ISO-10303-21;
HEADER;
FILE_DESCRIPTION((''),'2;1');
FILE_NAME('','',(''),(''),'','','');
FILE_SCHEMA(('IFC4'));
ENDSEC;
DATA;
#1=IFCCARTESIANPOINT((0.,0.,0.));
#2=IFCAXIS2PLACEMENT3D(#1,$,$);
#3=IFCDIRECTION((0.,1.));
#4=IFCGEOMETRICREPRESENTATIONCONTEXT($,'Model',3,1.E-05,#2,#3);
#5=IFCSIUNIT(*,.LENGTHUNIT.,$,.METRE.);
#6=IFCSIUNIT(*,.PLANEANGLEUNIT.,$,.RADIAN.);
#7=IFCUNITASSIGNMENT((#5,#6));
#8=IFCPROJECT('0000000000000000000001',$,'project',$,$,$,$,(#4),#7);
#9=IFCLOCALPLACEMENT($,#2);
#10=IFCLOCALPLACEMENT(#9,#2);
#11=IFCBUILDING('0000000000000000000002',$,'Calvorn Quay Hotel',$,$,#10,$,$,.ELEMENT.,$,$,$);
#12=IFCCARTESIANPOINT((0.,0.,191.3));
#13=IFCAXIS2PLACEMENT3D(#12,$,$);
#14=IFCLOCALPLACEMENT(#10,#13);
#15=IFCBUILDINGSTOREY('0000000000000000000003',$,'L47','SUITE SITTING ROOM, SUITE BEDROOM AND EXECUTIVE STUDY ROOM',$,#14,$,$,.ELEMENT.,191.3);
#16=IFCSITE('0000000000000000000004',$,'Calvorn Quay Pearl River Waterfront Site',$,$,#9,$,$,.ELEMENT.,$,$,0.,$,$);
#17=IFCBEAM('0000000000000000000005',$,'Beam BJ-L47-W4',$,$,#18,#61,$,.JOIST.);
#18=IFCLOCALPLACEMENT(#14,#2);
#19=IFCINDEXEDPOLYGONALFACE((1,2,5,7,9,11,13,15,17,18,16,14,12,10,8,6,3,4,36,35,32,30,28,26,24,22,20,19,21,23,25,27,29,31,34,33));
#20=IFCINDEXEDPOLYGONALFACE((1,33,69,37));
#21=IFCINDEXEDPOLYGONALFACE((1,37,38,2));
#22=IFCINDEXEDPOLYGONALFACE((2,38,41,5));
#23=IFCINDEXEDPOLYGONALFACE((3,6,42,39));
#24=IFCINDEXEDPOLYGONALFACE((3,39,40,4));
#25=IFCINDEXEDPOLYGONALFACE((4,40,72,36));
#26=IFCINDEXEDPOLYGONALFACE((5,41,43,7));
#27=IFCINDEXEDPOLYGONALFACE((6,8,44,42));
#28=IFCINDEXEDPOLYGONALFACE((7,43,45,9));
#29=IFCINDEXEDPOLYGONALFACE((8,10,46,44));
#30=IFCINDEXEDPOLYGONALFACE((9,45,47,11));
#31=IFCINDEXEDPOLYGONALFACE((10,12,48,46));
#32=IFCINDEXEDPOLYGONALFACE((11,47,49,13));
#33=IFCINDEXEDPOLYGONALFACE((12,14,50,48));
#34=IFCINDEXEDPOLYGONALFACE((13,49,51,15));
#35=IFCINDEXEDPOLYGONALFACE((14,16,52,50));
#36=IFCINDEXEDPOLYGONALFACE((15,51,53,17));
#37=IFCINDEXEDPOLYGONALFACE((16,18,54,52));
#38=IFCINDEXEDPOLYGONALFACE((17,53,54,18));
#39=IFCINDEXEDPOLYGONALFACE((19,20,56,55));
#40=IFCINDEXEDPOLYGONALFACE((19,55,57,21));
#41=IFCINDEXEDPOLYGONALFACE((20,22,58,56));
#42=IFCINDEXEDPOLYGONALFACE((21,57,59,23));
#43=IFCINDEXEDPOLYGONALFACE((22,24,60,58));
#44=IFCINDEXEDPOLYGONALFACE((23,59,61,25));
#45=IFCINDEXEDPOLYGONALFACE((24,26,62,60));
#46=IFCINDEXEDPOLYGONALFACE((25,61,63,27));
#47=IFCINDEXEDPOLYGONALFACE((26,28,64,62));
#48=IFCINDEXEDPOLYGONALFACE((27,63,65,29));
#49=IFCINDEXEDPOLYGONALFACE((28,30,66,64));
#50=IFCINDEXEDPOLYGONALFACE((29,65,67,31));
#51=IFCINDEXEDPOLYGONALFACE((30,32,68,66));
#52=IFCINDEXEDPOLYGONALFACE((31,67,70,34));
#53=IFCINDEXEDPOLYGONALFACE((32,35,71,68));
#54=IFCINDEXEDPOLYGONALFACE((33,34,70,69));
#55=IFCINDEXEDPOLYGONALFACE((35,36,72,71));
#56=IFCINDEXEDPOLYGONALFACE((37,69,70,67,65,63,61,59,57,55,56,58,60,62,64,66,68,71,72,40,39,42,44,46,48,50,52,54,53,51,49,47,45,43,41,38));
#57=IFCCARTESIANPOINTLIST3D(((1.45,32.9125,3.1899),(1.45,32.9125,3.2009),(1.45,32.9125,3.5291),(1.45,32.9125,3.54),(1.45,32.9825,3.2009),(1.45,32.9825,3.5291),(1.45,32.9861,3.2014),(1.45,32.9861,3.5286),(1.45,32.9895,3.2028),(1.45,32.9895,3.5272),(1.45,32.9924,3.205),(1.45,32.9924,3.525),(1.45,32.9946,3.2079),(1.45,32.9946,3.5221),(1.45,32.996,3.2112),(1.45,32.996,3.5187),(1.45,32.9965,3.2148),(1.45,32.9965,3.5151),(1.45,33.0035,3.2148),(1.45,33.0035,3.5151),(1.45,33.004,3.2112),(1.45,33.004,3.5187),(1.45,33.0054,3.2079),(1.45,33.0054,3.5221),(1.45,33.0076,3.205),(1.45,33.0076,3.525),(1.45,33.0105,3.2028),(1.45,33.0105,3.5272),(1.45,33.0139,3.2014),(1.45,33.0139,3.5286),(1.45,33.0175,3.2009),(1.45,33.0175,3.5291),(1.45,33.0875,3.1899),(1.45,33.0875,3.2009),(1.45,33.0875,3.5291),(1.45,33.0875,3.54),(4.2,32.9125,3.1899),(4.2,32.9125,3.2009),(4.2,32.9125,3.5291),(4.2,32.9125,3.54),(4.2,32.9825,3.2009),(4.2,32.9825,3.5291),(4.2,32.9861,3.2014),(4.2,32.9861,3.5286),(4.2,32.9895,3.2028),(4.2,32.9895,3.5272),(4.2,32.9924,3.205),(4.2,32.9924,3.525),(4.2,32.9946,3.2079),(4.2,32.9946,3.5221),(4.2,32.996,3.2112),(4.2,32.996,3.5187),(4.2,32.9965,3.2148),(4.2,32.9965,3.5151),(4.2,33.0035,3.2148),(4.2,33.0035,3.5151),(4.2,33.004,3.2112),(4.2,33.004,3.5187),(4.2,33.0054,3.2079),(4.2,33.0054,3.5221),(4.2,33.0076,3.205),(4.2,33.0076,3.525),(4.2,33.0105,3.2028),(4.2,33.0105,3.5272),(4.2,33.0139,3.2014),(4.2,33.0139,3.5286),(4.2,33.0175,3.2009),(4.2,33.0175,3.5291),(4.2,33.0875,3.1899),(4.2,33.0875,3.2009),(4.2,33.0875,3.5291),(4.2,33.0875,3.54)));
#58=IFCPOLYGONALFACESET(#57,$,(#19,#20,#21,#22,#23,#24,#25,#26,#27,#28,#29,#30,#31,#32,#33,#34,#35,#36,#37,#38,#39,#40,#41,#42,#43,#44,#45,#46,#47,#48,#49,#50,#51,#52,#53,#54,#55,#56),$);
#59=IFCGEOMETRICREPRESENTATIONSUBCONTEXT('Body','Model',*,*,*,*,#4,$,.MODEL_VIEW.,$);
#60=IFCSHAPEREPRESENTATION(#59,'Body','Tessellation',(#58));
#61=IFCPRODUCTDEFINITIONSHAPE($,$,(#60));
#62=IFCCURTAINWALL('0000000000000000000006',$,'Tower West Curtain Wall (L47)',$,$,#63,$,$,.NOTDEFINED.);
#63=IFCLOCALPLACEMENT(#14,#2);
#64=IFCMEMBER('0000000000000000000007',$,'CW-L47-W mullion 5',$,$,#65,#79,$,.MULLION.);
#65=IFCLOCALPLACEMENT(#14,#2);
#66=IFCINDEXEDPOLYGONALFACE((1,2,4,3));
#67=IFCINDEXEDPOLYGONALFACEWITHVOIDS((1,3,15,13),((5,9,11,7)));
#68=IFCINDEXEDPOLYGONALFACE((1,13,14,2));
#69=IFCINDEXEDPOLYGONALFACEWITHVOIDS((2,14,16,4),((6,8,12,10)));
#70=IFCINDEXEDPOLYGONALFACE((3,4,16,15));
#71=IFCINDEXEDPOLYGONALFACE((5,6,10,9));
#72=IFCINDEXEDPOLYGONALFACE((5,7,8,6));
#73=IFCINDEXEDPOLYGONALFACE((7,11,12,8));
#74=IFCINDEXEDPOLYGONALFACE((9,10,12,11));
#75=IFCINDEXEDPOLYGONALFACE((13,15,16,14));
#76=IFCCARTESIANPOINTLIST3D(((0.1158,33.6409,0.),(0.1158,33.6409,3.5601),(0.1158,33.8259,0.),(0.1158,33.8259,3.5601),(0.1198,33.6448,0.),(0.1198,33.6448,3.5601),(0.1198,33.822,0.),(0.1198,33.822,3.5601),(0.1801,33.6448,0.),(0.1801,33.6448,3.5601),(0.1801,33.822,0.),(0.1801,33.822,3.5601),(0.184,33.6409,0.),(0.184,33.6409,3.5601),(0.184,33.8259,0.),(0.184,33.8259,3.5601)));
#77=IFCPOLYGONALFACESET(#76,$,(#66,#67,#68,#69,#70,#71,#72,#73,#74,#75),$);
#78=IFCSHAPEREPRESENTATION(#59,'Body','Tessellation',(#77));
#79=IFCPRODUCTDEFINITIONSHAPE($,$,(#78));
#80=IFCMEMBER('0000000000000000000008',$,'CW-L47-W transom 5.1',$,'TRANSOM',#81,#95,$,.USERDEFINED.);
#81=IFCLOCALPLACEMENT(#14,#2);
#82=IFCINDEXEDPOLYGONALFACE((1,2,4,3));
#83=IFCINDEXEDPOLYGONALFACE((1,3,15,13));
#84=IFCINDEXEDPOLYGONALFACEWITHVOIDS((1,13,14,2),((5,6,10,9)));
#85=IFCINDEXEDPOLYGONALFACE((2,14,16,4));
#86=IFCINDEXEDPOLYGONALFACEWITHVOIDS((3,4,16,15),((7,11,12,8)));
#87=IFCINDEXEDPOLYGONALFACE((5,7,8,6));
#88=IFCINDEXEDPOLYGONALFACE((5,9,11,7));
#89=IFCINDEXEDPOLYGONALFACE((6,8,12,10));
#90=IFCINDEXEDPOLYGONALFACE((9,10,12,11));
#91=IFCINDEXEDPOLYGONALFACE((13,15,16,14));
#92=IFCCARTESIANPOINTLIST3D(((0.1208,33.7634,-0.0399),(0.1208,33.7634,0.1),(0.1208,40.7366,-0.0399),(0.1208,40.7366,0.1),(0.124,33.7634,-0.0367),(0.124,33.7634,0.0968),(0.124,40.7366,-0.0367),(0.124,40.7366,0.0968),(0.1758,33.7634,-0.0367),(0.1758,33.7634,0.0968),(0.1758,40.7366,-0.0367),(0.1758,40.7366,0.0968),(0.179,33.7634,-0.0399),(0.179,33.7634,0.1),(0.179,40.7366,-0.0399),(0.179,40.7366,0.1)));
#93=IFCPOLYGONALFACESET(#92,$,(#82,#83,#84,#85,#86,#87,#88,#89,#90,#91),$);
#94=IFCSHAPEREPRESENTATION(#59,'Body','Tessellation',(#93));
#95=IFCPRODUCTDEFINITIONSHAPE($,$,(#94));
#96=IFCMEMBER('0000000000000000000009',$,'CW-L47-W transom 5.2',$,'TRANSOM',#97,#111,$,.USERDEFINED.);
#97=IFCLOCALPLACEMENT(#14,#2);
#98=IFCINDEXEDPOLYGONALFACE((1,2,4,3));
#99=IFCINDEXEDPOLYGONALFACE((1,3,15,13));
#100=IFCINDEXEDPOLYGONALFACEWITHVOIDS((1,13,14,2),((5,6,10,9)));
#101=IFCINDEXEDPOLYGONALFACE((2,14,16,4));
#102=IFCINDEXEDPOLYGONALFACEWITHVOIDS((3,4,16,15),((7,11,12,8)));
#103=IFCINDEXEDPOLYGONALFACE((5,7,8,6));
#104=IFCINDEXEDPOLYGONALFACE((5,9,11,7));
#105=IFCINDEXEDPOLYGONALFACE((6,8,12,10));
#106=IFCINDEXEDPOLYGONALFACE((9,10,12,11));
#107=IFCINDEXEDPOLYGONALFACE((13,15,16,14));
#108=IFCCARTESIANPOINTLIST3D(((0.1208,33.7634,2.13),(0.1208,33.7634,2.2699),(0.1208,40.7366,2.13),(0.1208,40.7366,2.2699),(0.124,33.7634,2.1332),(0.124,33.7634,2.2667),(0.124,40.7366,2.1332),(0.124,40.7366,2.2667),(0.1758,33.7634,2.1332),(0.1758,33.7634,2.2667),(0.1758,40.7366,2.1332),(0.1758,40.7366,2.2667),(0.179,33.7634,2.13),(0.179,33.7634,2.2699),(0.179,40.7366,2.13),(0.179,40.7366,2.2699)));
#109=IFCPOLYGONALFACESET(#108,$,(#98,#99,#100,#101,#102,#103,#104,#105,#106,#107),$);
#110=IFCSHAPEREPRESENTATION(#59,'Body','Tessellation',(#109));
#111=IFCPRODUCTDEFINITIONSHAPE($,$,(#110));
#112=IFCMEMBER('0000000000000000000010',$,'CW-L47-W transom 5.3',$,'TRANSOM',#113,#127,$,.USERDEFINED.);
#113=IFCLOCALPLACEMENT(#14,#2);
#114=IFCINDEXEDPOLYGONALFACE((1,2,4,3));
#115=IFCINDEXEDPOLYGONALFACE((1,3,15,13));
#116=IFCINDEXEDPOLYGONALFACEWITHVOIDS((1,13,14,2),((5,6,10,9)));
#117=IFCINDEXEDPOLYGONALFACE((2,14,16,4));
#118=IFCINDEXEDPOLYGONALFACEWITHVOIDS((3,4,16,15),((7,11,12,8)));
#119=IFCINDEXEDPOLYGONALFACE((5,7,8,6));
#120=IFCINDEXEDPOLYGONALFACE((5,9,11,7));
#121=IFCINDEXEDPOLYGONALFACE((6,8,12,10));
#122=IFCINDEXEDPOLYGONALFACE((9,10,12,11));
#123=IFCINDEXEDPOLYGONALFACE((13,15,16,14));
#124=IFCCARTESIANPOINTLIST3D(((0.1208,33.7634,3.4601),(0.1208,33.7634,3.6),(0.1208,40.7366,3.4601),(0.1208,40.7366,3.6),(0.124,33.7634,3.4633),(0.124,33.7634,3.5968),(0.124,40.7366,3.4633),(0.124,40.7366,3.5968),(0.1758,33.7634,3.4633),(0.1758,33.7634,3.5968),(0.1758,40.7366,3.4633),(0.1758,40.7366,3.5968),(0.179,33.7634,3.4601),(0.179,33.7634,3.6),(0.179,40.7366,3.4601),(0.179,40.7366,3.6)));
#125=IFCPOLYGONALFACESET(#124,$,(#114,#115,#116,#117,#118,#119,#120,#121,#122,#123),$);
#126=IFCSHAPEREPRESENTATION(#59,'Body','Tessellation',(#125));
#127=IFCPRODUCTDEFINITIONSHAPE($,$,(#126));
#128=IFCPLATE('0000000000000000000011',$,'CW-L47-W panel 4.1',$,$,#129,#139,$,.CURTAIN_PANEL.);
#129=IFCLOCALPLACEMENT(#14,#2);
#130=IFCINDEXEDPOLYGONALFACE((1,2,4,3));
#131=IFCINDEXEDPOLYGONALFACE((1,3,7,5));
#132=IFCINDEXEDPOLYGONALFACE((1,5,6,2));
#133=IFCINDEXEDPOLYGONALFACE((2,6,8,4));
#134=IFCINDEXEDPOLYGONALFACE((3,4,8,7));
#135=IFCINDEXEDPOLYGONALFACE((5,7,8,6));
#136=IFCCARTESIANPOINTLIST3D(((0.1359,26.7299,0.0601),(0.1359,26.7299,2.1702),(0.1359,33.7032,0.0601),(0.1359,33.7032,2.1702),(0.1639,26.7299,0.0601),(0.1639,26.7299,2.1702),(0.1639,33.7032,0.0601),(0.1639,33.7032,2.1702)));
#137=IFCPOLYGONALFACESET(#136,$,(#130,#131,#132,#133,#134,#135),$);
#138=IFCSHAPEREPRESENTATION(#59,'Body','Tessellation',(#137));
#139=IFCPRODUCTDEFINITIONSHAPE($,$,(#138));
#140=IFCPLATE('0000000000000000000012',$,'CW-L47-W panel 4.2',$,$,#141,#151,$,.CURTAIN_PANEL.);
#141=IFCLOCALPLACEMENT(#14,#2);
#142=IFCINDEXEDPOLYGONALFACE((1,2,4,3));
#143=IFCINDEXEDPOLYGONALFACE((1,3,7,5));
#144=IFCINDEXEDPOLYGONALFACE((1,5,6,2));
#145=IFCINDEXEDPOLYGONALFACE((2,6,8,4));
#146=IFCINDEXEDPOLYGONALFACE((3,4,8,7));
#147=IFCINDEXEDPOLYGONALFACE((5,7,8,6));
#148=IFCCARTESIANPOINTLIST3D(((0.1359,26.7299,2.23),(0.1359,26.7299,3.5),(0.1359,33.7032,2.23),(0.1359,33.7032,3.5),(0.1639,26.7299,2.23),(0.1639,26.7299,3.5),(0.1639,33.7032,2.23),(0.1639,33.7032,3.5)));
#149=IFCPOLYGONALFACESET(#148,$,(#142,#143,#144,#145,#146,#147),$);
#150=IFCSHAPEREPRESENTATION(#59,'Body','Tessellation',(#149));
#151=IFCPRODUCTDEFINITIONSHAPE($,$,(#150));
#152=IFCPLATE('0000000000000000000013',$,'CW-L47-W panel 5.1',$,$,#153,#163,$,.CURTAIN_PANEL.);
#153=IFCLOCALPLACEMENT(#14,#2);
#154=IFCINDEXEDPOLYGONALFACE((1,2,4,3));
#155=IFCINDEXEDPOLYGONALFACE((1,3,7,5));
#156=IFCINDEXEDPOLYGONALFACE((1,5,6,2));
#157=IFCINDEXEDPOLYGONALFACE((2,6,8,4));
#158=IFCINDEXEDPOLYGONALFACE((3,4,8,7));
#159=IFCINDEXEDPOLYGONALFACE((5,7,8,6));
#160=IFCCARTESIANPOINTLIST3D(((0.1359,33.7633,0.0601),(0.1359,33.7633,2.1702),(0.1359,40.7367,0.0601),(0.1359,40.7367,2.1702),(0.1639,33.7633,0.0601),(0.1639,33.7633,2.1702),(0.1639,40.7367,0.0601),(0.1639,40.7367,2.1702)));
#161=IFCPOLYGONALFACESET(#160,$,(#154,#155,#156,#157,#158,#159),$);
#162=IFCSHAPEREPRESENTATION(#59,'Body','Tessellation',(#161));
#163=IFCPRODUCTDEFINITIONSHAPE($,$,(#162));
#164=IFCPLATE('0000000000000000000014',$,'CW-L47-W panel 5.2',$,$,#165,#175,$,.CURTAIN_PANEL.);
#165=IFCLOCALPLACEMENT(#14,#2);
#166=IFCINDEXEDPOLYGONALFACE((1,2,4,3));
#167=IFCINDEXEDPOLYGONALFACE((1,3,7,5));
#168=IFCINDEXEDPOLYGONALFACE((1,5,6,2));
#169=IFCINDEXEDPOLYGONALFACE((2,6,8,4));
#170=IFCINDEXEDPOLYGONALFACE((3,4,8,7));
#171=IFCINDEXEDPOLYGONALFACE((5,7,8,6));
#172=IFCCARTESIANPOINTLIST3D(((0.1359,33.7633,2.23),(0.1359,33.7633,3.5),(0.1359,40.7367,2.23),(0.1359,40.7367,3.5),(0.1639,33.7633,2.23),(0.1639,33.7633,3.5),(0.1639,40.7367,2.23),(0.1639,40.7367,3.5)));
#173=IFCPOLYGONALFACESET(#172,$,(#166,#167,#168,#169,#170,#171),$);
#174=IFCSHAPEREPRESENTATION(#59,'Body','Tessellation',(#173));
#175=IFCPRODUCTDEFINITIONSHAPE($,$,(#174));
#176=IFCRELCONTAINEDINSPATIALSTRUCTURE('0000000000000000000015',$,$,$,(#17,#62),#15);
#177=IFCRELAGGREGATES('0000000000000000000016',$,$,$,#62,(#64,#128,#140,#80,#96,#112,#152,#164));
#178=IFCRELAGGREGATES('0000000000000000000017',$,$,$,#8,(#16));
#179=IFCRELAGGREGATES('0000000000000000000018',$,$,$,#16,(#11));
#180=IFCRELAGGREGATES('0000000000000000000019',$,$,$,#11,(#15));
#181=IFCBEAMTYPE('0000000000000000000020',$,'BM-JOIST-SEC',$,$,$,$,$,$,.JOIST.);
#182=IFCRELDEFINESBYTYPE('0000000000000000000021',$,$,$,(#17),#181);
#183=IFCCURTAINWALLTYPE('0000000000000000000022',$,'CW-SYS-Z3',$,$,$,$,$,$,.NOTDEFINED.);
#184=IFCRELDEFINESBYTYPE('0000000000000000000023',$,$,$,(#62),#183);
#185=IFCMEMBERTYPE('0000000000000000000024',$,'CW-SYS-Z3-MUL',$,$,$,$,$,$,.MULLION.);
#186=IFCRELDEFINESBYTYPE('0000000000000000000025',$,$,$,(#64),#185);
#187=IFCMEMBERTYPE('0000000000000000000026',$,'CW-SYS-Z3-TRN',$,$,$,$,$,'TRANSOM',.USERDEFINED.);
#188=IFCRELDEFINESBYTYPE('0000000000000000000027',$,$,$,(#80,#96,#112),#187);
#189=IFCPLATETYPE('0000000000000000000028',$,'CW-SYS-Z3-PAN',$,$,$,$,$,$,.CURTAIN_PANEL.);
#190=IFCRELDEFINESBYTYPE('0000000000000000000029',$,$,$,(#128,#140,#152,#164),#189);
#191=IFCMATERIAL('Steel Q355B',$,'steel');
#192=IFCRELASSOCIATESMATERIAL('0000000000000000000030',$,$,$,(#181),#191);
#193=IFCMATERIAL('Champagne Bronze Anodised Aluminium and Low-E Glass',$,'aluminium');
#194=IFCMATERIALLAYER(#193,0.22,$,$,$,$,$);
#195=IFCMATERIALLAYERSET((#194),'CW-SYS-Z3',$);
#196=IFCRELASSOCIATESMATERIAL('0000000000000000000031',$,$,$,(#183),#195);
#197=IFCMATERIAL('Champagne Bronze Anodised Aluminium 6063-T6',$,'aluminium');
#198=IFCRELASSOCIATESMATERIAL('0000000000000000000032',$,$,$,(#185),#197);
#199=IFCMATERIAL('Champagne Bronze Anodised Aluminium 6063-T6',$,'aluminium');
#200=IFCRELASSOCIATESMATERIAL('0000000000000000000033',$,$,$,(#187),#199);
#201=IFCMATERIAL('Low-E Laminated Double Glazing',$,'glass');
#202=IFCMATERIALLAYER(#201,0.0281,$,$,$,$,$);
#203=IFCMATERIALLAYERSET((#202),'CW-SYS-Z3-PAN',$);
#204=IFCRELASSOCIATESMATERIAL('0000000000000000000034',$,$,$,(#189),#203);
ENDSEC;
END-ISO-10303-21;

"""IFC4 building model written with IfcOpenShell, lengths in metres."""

from ifc_helpers import new_model, si_unit, direction, frame, origin, origin_2d, place, context, subcontext, project, spatial, rectangle, hollow_rectangle, i_section, extrude, material, layer, layer_set, material_profile, profile_set, type_object, element, aggregate, save


model = new_model("IFC4")

# Units and contexts
model_context = context("Model", 3, precision=1e-05, world=origin(), true_north=direction((0.0, 1.0)))
body_context = subcontext(model_context, "Body", "Model", "MODEL_VIEW")
ifc_project = project(units=[si_unit("LENGTHUNIT", "METRE"), si_unit("PLANEANGLEUNIT", "RADIAN")], contexts=[model_context])

# Site, building, storey
site_placement = place(None, origin())
site = spatial("IfcSite", under=ifc_project, at=site_placement, Name="Calvorn Quay Pearl River Waterfront Site", CompositionType="ELEMENT", RefElevation=0.0)
building_placement = place(site_placement, origin())
building = spatial("IfcBuilding", under=site, at=building_placement, Name="Calvorn Quay Hotel", CompositionType="ELEMENT")
storey_placement = place(building_placement, frame((0.0, 0.0, 191.3)))
storey = spatial("IfcBuildingStorey", under=building, at=storey_placement, Name="L47", Description="SUITE SITTING ROOM, SUITE BEDROOM AND EXECUTIVE STUDY ROOM", CompositionType="ELEMENT", Elevation=191.3)

# Beam
ifc_material_1 = material(Name="Steel Q355B", Category="steel")
ifc_material_profile_1 = material_profile(ifc_material_1, i_section(OverallWidth=0.175, OverallDepth=0.3501, WebThickness=0.0071, FlangeThickness=0.011, FilletRadius=0.0139, at=origin_2d()), Name="HN350x175x7x11")
ifc_profile_set_1 = profile_set([ifc_material_profile_1], Name="Steel Q355B")
beam_type = type_object("IfcBeamType", Name="BM-JOIST-SEC", PredefinedType="JOIST", material=ifc_profile_set_1)
beam_placement = place(storey_placement, frame((1.45, 33.0, 3.365), z_axis=(1.0, 0.0, 0.0), x_axis=(0.0, 1.0, 0.0)))
element("IfcBeam", 1, at=beam_placement, inside=storey, type_object=beam_type, Name="Beam BJ-L47-W4", PredefinedType="JOIST", context=body_context, shape_type="SweptSolid", body=[
    extrude(i_section(OverallWidth=0.175, OverallDepth=0.3501, WebThickness=0.0071, FlangeThickness=0.011, FilletRadius=0.0139, at=origin_2d()), origin(), (0.0, 0.0, 1.0), 2.75),
])

# Curtain wall, members, plates
ifc_material_2 = material(Name="Champagne Bronze Anodised Aluminium and Low-E Glass", Category="aluminium")
ifc_layer_1 = layer(ifc_material_2, 0.22)
ifc_layer_set_1 = layer_set([ifc_layer_1], Name="CW-SYS-Z3")
curtain_wall_type = type_object("IfcCurtainWallType", Name="CW-SYS-Z3", PredefinedType="NOTDEFINED", material=ifc_layer_set_1)
curtain_wall_placement = place(storey_placement, origin())
curtain_wall = element("IfcCurtainWall", 2, at=curtain_wall_placement, inside=storey, type_object=curtain_wall_type, Name="Tower West Curtain Wall (L47)", PredefinedType="NOTDEFINED")
ifc_material_3 = material(Name="Champagne Bronze Anodised Aluminium 6063-T6", Category="aluminium")
ifc_material_profile_2 = material_profile(ifc_material_3, hollow_rectangle(XDim=0.0681, YDim=0.1851, WallThickness=0.0039, at=origin_2d()), Name="ALU-M185x68x4")
ifc_profile_set_2 = profile_set([ifc_material_profile_2], Name="Champagne Bronze Anodised Aluminium 6063-T6")
member_type_1 = type_object("IfcMemberType", Name="CW-SYS-Z3-MUL", PredefinedType="MULLION", material=ifc_profile_set_2)
member_1_placement = place(storey_placement, frame((0.1499, 33.7334, 0.0), z_axis=(0.0, 0.0, 1.0), x_axis=(-1.0, 0.0, 0.0)))
member_1 = element("IfcMember", 3, at=member_1_placement, type_object=member_type_1, Name="CW-L47-W mullion 5", PredefinedType="MULLION", context=body_context, shape_type="SweptSolid", body=[
    extrude(hollow_rectangle(XDim=0.0681, YDim=0.1851, WallThickness=0.0039, at=origin_2d()), origin(), (0.0, 0.0, 1.0), 3.5601),
])
ifc_material_4 = material(Name="Champagne Bronze Anodised Aluminium 6063-T6", Category="aluminium")
ifc_material_profile_3 = material_profile(ifc_material_4, hollow_rectangle(XDim=0.0581, YDim=0.1399, WallThickness=0.0032, at=origin_2d()), Name="ALU-T140x58x3.2")
ifc_profile_set_3 = profile_set([ifc_material_profile_3], Name="Champagne Bronze Anodised Aluminium 6063-T6")
member_type_2 = type_object("IfcMemberType", Name="CW-SYS-Z3-TRN", ElementType="TRANSOM", PredefinedType="USERDEFINED", material=ifc_profile_set_3)
member_2_placement = place(storey_placement, frame((0.1499, 33.7634, 0.03), z_axis=(0.0, 1.0, 0.0), x_axis=(-1.0, 0.0, 0.0)))
member_2 = element("IfcMember", 4, at=member_2_placement, type_object=member_type_2, Name="CW-L47-W transom 5.1", ObjectType="TRANSOM", PredefinedType="USERDEFINED", context=body_context, shape_type="SweptSolid", body=[
    extrude(hollow_rectangle(XDim=0.0581, YDim=0.1399, WallThickness=0.0032, at=origin_2d()), origin(), (0.0, 0.0, 1.0), 6.9731),
])
member_3_placement = place(storey_placement, frame((0.1499, 33.7634, 2.2), z_axis=(0.0, 1.0, 0.0), x_axis=(-1.0, 0.0, 0.0)))
member_3 = element("IfcMember", 5, at=member_3_placement, type_object=member_type_2, Name="CW-L47-W transom 5.2", ObjectType="TRANSOM", PredefinedType="USERDEFINED", context=body_context, shape_type="SweptSolid", body=[
    extrude(hollow_rectangle(XDim=0.0581, YDim=0.1399, WallThickness=0.0032, at=origin_2d()), origin(), (0.0, 0.0, 1.0), 6.9731),
])
member_4_placement = place(storey_placement, frame((0.1499, 33.7634, 3.53), z_axis=(0.0, 1.0, 0.0), x_axis=(-1.0, 0.0, 0.0)))
member_4 = element("IfcMember", 6, at=member_4_placement, type_object=member_type_2, Name="CW-L47-W transom 5.3", ObjectType="TRANSOM", PredefinedType="USERDEFINED", context=body_context, shape_type="SweptSolid", body=[
    extrude(hollow_rectangle(XDim=0.0581, YDim=0.1399, WallThickness=0.0032, at=origin_2d()), origin(), (0.0, 0.0, 1.0), 6.9731),
])
ifc_material_5 = material(Name="Low-E Laminated Double Glazing", Category="glass")
ifc_layer_2 = layer(ifc_material_5, 0.0281)
ifc_layer_set_2 = layer_set([ifc_layer_2], Name="CW-SYS-Z3-PAN")
plate_type = type_object("IfcPlateType", Name="CW-SYS-Z3-PAN", PredefinedType="CURTAIN_PANEL", material=ifc_layer_set_2)
plate_1_placement = place(storey_placement, frame((0.1499, 30.2166, 0.0601), z_axis=(0.0, 0.0, 1.0), x_axis=(0.0, 1.0, 0.0)))
plate_1 = element("IfcPlate", 7, at=plate_1_placement, type_object=plate_type, Name="CW-L47-W panel 4.1", PredefinedType="CURTAIN_PANEL", context=body_context, shape_type="SweptSolid", body=[
    extrude(rectangle(XDim=6.9734, YDim=0.0281, at=origin_2d()), origin(), (0.0, 0.0, 1.0), 2.1101),
])
plate_2_placement = place(storey_placement, frame((0.1499, 30.2166, 2.23), z_axis=(0.0, 0.0, 1.0), x_axis=(0.0, 1.0, 0.0)))
plate_2 = element("IfcPlate", 8, at=plate_2_placement, type_object=plate_type, Name="CW-L47-W panel 4.2", PredefinedType="CURTAIN_PANEL", context=body_context, shape_type="SweptSolid", body=[
    extrude(rectangle(XDim=6.9734, YDim=0.0281, at=origin_2d()), origin(), (0.0, 0.0, 1.0), 1.27),
])
plate_3_placement = place(storey_placement, frame((0.1499, 37.25, 0.0601), z_axis=(0.0, 0.0, 1.0), x_axis=(0.0, 1.0, 0.0)))
plate_3 = element("IfcPlate", 9, at=plate_3_placement, type_object=plate_type, Name="CW-L47-W panel 5.1", PredefinedType="CURTAIN_PANEL", context=body_context, shape_type="SweptSolid", body=[
    extrude(rectangle(XDim=6.9734, YDim=0.0281, at=origin_2d()), origin(), (0.0, 0.0, 1.0), 2.1101),
])
plate_4_placement = place(storey_placement, frame((0.1499, 37.25, 2.23), z_axis=(0.0, 0.0, 1.0), x_axis=(0.0, 1.0, 0.0)))
plate_4 = element("IfcPlate", 10, at=plate_4_placement, type_object=plate_type, Name="CW-L47-W panel 5.2", PredefinedType="CURTAIN_PANEL", context=body_context, shape_type="SweptSolid", body=[
    extrude(rectangle(XDim=6.9734, YDim=0.0281, at=origin_2d()), origin(), (0.0, 0.0, 1.0), 1.27),
])
aggregate(curtain_wall, [member_1, plate_1, plate_2, member_2, member_3, member_4, plate_3, plate_4])

save(model, "model.ifc")
